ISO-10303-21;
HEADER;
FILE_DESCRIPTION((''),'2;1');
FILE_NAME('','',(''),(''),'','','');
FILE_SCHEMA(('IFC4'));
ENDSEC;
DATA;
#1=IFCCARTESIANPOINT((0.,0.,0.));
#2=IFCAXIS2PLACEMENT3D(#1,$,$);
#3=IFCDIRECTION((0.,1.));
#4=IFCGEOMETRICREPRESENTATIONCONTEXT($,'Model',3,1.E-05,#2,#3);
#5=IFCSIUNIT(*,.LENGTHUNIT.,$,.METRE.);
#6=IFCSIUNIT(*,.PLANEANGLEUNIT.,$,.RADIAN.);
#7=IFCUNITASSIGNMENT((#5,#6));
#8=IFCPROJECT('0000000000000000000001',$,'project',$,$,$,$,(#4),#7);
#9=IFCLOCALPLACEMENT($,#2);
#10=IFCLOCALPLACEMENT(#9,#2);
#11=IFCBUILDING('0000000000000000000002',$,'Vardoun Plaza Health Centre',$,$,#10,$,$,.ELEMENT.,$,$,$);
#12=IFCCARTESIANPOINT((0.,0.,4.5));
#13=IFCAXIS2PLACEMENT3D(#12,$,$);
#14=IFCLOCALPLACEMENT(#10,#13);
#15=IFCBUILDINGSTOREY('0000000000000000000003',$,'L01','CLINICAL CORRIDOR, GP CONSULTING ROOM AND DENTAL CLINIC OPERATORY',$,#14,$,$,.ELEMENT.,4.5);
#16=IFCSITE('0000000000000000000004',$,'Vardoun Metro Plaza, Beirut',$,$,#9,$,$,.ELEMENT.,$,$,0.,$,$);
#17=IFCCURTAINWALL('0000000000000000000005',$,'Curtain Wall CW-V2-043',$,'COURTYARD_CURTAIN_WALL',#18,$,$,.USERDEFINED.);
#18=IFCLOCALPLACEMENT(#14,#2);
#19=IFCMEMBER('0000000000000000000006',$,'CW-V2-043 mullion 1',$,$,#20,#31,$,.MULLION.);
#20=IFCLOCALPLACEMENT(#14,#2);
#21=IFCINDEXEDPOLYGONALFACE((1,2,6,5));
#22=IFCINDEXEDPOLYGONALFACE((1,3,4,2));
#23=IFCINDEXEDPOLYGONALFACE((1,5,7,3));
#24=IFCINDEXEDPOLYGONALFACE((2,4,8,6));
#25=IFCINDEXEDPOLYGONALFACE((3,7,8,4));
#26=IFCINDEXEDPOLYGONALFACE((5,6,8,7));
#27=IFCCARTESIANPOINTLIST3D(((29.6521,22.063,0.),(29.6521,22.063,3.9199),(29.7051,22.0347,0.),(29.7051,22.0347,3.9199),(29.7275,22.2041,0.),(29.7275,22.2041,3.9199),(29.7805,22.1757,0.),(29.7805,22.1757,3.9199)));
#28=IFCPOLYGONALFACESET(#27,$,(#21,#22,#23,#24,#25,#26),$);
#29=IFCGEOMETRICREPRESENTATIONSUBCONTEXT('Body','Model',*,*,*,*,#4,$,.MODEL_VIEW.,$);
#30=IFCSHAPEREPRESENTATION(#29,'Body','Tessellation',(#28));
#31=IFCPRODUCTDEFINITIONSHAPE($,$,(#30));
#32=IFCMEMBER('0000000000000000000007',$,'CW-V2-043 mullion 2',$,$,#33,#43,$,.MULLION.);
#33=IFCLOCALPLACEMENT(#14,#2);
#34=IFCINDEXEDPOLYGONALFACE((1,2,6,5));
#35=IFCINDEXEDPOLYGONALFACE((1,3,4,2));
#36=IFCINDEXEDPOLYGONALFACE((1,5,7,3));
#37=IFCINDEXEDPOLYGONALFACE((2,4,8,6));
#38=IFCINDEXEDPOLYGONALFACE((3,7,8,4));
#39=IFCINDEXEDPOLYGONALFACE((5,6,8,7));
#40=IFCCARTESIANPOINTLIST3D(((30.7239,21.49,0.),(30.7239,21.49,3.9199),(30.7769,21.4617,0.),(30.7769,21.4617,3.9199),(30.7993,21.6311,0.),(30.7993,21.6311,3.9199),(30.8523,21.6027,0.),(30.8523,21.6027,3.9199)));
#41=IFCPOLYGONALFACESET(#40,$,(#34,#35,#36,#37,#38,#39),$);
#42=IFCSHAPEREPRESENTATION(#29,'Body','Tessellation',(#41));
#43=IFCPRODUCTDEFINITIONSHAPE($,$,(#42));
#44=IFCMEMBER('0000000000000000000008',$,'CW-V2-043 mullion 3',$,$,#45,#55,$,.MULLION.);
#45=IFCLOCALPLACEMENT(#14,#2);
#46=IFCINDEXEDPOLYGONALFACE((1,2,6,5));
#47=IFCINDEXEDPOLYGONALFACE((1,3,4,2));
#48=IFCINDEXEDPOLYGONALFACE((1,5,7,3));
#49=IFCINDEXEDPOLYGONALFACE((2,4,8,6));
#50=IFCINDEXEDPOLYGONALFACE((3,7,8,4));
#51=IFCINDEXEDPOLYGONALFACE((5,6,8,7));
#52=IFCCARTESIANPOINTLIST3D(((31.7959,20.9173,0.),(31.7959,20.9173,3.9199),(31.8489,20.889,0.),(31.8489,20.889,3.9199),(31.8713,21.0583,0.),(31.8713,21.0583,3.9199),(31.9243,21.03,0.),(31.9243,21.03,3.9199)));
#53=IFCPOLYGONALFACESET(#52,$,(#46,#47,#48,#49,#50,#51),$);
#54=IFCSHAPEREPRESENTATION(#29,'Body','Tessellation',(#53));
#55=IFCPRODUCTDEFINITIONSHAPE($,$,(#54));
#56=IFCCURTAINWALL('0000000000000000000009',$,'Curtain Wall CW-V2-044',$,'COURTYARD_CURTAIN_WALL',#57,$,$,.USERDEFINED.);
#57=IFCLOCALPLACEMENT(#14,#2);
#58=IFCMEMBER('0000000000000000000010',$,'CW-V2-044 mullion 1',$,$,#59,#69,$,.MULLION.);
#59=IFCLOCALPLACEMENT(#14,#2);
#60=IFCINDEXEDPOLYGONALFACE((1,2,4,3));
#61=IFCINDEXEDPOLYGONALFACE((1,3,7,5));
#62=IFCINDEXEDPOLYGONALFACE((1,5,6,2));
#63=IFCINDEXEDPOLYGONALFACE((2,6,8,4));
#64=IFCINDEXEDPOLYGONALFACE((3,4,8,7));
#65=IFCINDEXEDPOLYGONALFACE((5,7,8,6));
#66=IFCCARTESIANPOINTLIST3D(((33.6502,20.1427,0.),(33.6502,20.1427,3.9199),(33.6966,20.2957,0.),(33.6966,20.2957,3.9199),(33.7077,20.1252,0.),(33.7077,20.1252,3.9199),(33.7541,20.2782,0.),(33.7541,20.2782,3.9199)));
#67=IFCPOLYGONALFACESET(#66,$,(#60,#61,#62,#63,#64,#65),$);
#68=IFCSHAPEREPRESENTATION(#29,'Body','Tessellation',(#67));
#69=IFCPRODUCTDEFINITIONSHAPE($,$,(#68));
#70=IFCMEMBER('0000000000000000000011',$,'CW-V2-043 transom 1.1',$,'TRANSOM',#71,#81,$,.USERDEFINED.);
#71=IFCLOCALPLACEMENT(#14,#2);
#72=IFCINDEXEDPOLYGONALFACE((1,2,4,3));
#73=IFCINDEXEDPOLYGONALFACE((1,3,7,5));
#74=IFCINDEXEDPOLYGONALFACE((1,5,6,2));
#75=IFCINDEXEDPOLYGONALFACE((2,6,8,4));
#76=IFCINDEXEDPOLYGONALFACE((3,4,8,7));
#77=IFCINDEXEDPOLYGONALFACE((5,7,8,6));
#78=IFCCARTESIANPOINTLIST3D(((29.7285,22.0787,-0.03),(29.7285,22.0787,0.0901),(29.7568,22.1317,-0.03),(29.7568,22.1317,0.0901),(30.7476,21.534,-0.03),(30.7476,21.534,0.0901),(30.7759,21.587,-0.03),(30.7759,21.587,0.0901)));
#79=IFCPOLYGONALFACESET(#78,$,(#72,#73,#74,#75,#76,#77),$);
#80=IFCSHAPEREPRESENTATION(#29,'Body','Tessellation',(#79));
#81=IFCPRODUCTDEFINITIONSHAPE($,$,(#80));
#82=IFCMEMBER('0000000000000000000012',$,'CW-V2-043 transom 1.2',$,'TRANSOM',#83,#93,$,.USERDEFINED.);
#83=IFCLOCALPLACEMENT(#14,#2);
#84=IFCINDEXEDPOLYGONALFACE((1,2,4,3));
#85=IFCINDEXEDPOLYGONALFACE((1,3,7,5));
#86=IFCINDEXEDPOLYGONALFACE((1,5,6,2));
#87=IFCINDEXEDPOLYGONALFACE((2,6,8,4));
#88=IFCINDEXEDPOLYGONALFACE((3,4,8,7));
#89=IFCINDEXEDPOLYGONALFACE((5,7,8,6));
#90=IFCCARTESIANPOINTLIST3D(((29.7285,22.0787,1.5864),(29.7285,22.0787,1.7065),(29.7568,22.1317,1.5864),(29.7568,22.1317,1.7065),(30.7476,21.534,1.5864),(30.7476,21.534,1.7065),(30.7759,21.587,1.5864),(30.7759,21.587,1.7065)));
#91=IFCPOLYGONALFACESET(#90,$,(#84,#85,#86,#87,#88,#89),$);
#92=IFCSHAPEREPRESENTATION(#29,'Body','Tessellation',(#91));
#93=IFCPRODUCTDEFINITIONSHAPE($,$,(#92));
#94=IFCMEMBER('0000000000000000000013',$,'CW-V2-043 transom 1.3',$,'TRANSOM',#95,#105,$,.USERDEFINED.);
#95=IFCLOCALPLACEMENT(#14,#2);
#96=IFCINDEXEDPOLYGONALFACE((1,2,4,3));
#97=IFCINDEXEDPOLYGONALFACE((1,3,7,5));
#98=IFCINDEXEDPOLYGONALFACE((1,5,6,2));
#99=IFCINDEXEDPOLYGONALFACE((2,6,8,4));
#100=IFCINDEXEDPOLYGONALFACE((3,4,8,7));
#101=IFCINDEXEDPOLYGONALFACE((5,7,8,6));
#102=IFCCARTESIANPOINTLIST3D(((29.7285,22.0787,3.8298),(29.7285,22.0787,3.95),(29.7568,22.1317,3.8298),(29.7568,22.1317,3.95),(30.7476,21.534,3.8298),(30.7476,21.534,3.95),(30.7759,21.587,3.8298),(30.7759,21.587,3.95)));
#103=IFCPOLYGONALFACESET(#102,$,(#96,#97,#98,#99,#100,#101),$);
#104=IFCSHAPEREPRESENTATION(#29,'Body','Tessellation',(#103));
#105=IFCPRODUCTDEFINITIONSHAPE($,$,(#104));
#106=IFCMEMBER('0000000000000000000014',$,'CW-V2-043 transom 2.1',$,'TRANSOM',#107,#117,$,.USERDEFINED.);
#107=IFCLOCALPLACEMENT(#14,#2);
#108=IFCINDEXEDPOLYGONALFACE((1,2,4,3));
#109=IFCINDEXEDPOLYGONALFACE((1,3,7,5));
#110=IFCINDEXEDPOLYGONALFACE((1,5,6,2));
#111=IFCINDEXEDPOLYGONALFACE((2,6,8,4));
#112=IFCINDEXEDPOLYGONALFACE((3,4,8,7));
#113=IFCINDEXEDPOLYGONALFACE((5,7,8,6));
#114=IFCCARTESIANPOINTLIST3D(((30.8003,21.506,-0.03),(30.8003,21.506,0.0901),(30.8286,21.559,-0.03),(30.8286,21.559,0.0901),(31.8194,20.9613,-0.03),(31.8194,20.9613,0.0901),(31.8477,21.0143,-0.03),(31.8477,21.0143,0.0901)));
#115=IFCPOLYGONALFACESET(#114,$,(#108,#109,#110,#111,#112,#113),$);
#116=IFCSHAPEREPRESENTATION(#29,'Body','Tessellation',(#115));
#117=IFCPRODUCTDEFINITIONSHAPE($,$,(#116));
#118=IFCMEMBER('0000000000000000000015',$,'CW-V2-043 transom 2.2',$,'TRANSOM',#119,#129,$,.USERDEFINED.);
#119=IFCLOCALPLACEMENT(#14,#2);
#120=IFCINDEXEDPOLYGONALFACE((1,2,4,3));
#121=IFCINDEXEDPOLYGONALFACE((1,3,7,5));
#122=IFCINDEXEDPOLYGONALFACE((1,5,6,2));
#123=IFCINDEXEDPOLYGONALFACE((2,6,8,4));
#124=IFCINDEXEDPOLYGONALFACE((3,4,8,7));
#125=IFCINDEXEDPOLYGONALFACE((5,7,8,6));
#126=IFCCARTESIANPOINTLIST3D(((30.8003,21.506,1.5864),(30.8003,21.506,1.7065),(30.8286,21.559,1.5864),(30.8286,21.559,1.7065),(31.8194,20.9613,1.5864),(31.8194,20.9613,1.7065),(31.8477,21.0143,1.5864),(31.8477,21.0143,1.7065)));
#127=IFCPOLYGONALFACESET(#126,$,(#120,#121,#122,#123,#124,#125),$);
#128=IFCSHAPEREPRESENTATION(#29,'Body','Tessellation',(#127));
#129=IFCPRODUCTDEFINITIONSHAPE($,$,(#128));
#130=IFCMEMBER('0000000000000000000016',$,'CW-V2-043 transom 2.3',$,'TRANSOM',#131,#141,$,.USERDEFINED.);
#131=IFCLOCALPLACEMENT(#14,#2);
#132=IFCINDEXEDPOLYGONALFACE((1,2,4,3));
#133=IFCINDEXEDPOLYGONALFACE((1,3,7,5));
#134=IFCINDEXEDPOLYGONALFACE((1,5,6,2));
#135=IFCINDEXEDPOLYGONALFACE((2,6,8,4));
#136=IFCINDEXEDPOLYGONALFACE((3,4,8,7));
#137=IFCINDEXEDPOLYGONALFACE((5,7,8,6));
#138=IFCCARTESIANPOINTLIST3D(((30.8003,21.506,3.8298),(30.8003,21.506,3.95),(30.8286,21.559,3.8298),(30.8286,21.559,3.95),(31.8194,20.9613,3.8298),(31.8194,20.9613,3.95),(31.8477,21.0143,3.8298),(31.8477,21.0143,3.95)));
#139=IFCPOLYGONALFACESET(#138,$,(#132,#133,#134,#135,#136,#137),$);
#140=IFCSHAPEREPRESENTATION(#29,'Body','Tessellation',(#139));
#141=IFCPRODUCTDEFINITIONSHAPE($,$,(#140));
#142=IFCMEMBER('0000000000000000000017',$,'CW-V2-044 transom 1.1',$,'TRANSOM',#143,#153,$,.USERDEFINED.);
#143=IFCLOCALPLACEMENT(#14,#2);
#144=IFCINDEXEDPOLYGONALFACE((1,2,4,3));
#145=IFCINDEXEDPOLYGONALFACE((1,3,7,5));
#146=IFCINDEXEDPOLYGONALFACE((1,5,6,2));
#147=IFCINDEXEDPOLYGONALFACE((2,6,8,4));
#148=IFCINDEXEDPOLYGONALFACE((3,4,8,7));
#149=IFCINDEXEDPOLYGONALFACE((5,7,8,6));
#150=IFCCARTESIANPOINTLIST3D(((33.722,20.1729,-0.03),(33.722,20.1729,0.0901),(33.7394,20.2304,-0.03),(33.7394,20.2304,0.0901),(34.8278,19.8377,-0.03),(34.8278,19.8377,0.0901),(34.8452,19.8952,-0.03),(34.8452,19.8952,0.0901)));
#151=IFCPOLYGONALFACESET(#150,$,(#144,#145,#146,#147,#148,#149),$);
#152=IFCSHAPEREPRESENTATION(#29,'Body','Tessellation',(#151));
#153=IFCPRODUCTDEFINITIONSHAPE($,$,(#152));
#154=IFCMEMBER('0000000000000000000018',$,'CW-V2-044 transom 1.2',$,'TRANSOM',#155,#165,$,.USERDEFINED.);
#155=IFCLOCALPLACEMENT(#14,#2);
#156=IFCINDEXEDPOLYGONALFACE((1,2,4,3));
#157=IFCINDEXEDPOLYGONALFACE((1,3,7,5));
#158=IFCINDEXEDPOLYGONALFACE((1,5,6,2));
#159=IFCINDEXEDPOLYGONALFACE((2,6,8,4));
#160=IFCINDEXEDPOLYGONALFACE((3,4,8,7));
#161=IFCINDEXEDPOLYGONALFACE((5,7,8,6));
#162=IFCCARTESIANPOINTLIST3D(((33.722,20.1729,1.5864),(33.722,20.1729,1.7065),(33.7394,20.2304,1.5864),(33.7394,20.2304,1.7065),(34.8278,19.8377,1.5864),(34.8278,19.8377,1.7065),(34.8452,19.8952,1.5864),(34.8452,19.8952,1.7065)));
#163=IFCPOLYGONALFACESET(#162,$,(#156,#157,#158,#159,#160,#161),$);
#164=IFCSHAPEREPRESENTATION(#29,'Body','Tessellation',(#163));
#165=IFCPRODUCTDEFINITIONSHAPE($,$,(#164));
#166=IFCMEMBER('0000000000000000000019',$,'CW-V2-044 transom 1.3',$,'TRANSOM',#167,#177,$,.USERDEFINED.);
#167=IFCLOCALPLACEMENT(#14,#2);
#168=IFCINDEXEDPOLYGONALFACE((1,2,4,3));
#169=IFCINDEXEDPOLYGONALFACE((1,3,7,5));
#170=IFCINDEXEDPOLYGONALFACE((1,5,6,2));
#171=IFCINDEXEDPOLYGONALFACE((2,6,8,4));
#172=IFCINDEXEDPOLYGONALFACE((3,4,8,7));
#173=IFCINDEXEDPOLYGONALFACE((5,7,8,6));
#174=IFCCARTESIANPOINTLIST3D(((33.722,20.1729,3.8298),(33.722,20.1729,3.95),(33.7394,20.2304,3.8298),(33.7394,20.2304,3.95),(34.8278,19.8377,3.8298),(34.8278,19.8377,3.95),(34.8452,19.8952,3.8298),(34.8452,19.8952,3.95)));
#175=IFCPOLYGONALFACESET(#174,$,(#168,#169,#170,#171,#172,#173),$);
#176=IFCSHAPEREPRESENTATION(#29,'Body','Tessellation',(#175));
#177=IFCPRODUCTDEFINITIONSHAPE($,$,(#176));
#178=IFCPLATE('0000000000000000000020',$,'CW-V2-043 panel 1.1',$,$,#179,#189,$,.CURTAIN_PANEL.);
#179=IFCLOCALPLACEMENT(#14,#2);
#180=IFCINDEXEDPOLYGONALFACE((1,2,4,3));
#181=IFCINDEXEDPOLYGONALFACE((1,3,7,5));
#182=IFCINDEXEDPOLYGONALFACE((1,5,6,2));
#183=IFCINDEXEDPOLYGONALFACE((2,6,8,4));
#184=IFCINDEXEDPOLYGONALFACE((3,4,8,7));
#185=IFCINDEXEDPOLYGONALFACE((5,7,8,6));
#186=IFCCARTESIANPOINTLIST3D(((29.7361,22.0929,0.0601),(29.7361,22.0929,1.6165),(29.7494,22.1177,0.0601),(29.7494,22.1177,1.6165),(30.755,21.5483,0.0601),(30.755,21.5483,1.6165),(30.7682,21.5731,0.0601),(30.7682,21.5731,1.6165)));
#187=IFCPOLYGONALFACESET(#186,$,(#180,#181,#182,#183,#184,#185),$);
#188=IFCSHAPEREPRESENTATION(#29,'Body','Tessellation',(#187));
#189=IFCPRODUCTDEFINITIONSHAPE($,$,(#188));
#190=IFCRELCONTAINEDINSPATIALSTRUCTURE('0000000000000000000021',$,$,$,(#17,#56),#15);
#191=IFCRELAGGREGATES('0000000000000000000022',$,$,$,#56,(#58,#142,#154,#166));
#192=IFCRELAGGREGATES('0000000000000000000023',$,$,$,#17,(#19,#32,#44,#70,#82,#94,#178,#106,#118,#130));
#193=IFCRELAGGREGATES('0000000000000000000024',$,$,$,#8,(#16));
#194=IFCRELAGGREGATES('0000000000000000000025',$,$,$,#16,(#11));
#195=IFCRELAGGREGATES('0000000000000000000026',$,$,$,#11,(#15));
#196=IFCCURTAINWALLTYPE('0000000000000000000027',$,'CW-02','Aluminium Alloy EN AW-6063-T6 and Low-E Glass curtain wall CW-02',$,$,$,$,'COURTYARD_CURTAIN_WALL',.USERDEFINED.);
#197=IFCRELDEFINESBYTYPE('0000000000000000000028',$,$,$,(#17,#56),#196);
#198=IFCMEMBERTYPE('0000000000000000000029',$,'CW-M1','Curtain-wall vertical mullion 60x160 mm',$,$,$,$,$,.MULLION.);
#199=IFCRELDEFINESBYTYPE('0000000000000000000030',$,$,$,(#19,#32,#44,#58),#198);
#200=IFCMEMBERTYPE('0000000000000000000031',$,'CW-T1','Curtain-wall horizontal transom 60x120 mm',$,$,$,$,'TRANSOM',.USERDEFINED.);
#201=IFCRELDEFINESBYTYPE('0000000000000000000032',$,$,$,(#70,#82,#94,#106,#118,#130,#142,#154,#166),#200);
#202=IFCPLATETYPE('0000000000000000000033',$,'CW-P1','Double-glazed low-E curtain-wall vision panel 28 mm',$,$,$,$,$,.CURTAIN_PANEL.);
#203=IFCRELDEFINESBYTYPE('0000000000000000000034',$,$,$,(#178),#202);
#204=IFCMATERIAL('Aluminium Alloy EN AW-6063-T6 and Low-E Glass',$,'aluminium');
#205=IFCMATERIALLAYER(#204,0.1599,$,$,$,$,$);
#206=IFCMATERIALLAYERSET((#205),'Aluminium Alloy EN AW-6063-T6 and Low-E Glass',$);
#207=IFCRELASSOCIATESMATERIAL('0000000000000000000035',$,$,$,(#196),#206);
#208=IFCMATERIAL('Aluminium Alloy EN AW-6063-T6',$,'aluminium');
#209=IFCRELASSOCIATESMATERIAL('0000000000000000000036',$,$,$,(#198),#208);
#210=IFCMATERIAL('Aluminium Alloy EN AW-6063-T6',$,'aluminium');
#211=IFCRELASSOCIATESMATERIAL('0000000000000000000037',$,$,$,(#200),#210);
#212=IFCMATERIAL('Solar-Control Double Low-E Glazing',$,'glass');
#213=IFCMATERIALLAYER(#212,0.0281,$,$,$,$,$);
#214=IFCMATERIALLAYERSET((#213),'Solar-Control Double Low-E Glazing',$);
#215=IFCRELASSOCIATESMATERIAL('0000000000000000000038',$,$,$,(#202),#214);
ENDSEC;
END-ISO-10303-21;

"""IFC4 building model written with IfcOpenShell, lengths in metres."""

from ifc_helpers import new_model, si_unit, direction, frame, origin, origin_2d, place, context, subcontext, project, spatial, rectangle, extrude, material, layer, layer_set, material_profile, profile_set, type_object, element, aggregate, save


model = new_model("IFC4")

# Units and contexts
model_context = context("Model", 3, precision=1e-05, world=origin(), true_north=direction((0.0, 1.0)))
body_context = subcontext(model_context, "Body", "Model", "MODEL_VIEW")
ifc_project = project(units=[si_unit("LENGTHUNIT", "METRE"), si_unit("PLANEANGLEUNIT", "RADIAN")], contexts=[model_context])

# Site, building, storey
site_placement = place(None, origin())
site = spatial("IfcSite", under=ifc_project, at=site_placement, Name="Vardoun Metro Plaza, Beirut", CompositionType="ELEMENT", RefElevation=0.0)
building_placement = place(site_placement, origin())
building = spatial("IfcBuilding", under=site, at=building_placement, Name="Vardoun Plaza Health Centre", CompositionType="ELEMENT")
storey_placement = place(building_placement, frame((0.0, 0.0, 4.5)))
storey = spatial("IfcBuildingStorey", under=building, at=storey_placement, Name="L01", Description="CLINICAL CORRIDOR, GP CONSULTING ROOM AND DENTAL CLINIC OPERATORY", CompositionType="ELEMENT", Elevation=4.5)

# Curtain wall, members
ifc_material_1 = material(Name="Aluminium Alloy EN AW-6063-T6 and Low-E Glass", Category="aluminium")
ifc_layer_1 = layer(ifc_material_1, 0.1599)
ifc_layer_set_1 = layer_set([ifc_layer_1], Name="Aluminium Alloy EN AW-6063-T6 and Low-E Glass")
curtain_wall_type = type_object("IfcCurtainWallType", Name="CW-02", Description="Aluminium Alloy EN AW-6063-T6 and Low-E Glass curtain wall CW-02", ElementType="COURTYARD_CURTAIN_WALL", PredefinedType="USERDEFINED", material=ifc_layer_set_1)
curtain_wall_1_placement = place(storey_placement, origin())
curtain_wall_1 = element("IfcCurtainWall", 1, at=curtain_wall_1_placement, inside=storey, type_object=curtain_wall_type, Name="Curtain Wall CW-V2-043", ObjectType="COURTYARD_CURTAIN_WALL", PredefinedType="USERDEFINED")
ifc_material_2 = material(Name="Aluminium Alloy EN AW-6063-T6", Category="aluminium")
ifc_material_profile_1 = material_profile(ifc_material_2, rectangle(XDim=0.1599, YDim=0.0601, at=origin_2d()), Name="CWM 60x160")
ifc_profile_set_1 = profile_set([ifc_material_profile_1], Name="Aluminium Alloy EN AW-6063-T6")
member_type_1 = type_object("IfcMemberType", Name="CW-M1", Description="Curtain-wall vertical mullion 60x160 mm", PredefinedType="MULLION", material=ifc_profile_set_1)
member_1_placement = place(storey_placement, frame((29.7163, 22.1194, 0.0), z_axis=(0.0, 0.0, 1.0), x_axis=(0.471395, 0.881922, 0.0)))
member_1 = element("IfcMember", 2, at=member_1_placement, type_object=member_type_1, Name="CW-V2-043 mullion 1", PredefinedType="MULLION", context=body_context, shape_type="SweptSolid", body=[
    extrude(rectangle(XDim=0.1599, YDim=0.0601, at=origin_2d()), origin(), (0.0, 0.0, 1.0), 3.9199),
])
member_2_placement = place(storey_placement, frame((30.7881, 21.5464, 0.0), z_axis=(0.0, 0.0, 1.0), x_axis=(0.471395, 0.881922, 0.0)))
member_2 = element("IfcMember", 3, at=member_2_placement, type_object=member_type_1, Name="CW-V2-043 mullion 2", PredefinedType="MULLION", context=body_context, shape_type="SweptSolid", body=[
    extrude(rectangle(XDim=0.1599, YDim=0.0601, at=origin_2d()), origin(), (0.0, 0.0, 1.0), 3.9199),
])
member_3_placement = place(storey_placement, frame((31.8601, 20.9736, 0.0), z_axis=(0.0, 0.0, 1.0), x_axis=(0.471395, 0.881922, 0.0)))
member_3 = element("IfcMember", 4, at=member_3_placement, type_object=member_type_1, Name="CW-V2-043 mullion 3", PredefinedType="MULLION", context=body_context, shape_type="SweptSolid", body=[
    extrude(rectangle(XDim=0.1599, YDim=0.0601, at=origin_2d()), origin(), (0.0, 0.0, 1.0), 3.9199),
])

# Curtain wall, member
curtain_wall_2_placement = place(storey_placement, origin())
curtain_wall_2 = element("IfcCurtainWall", 5, at=curtain_wall_2_placement, inside=storey, type_object=curtain_wall_type, Name="Curtain Wall CW-V2-044", ObjectType="COURTYARD_CURTAIN_WALL", PredefinedType="USERDEFINED")
member_4_placement = place(storey_placement, frame((33.7021, 20.2104, 0.0), z_axis=(0.0, 0.0, 1.0), x_axis=(0.2903, 0.956936, 0.0)))
member_4 = element("IfcMember", 6, at=member_4_placement, type_object=member_type_1, Name="CW-V2-044 mullion 1", PredefinedType="MULLION", context=body_context, shape_type="SweptSolid", body=[
    extrude(rectangle(XDim=0.1599, YDim=0.0601, at=origin_2d()), origin(), (0.0, 0.0, 1.0), 3.9199),
])

# Members
ifc_material_3 = material(Name="Aluminium Alloy EN AW-6063-T6", Category="aluminium")
ifc_material_profile_2 = material_profile(ifc_material_3, rectangle(XDim=0.0601, YDim=0.1201, at=origin_2d()), Name="CWT 60x120")
ifc_profile_set_2 = profile_set([ifc_material_profile_2], Name="Aluminium Alloy EN AW-6063-T6")
member_type_2 = type_object("IfcMemberType", Name="CW-T1", Description="Curtain-wall horizontal transom 60x120 mm", ElementType="TRANSOM", PredefinedType="USERDEFINED", material=ifc_profile_set_2)
member_5_placement = place(storey_placement, frame((29.7427, 22.1052, 0.03), z_axis=(0.881926, -0.471389, 0.0), x_axis=(0.471389, 0.881926, 0.0)))
member_5 = element("IfcMember", 7, at=member_5_placement, type_object=member_type_2, Name="CW-V2-043 transom 1.1", ObjectType="TRANSOM", PredefinedType="USERDEFINED", context=body_context, shape_type="SweptSolid", body=[
    extrude(rectangle(XDim=0.0601, YDim=0.1201, at=origin_2d()), origin(), (0.0, 0.0, 1.0), 1.1555),
])
member_6_placement = place(storey_placement, frame((29.7427, 22.1052, 1.6465), z_axis=(0.881926, -0.471389, 0.0), x_axis=(0.471389, 0.881926, 0.0)))
member_6 = element("IfcMember", 8, at=member_6_placement, type_object=member_type_2, Name="CW-V2-043 transom 1.2", ObjectType="TRANSOM", PredefinedType="USERDEFINED", context=body_context, shape_type="SweptSolid", body=[
    extrude(rectangle(XDim=0.0601, YDim=0.1201, at=origin_2d()), origin(), (0.0, 0.0, 1.0), 1.1555),
])
member_7_placement = place(storey_placement, frame((29.7427, 22.1052, 3.8899), z_axis=(0.881926, -0.471389, 0.0), x_axis=(0.471389, 0.881926, 0.0)))
member_7 = element("IfcMember", 9, at=member_7_placement, type_object=member_type_2, Name="CW-V2-043 transom 1.3", ObjectType="TRANSOM", PredefinedType="USERDEFINED", context=body_context, shape_type="SweptSolid", body=[
    extrude(rectangle(XDim=0.0601, YDim=0.1201, at=origin_2d()), origin(), (0.0, 0.0, 1.0), 1.1555),
])
member_8_placement = place(storey_placement, frame((30.8145, 21.5325, 0.03), z_axis=(0.881926, -0.471389, 0.0), x_axis=(0.471389, 0.881926, 0.0)))
member_8 = element("IfcMember", 10, at=member_8_placement, type_object=member_type_2, Name="CW-V2-043 transom 2.1", ObjectType="TRANSOM", PredefinedType="USERDEFINED", context=body_context, shape_type="SweptSolid", body=[
    extrude(rectangle(XDim=0.0601, YDim=0.1201, at=origin_2d()), origin(), (0.0, 0.0, 1.0), 1.1555),
])
member_9_placement = place(storey_placement, frame((30.8145, 21.5325, 1.6465), z_axis=(0.881926, -0.471389, 0.0), x_axis=(0.471389, 0.881926, 0.0)))
member_9 = element("IfcMember", 11, at=member_9_placement, type_object=member_type_2, Name="CW-V2-043 transom 2.2", ObjectType="TRANSOM", PredefinedType="USERDEFINED", context=body_context, shape_type="SweptSolid", body=[
    extrude(rectangle(XDim=0.0601, YDim=0.1201, at=origin_2d()), origin(), (0.0, 0.0, 1.0), 1.1555),
])
member_10_placement = place(storey_placement, frame((30.8145, 21.5325, 3.8899), z_axis=(0.881926, -0.471389, 0.0), x_axis=(0.471389, 0.881926, 0.0)))
member_10 = element("IfcMember", 12, at=member_10_placement, type_object=member_type_2, Name="CW-V2-043 transom 2.3", ObjectType="TRANSOM", PredefinedType="USERDEFINED", context=body_context, shape_type="SweptSolid", body=[
    extrude(rectangle(XDim=0.0601, YDim=0.1201, at=origin_2d()), origin(), (0.0, 0.0, 1.0), 1.1555),
])
member_11_placement = place(storey_placement, frame((33.7307, 20.2017, 0.03), z_axis=(0.956991, -0.290119, 0.0), x_axis=(0.290119, 0.956991, 0.0)))
member_11 = element("IfcMember", 13, at=member_11_placement, type_object=member_type_2, Name="CW-V2-044 transom 1.1", ObjectType="TRANSOM", PredefinedType="USERDEFINED", context=body_context, shape_type="SweptSolid", body=[
    extrude(rectangle(XDim=0.0601, YDim=0.1201, at=origin_2d()), origin(), (0.0, 0.0, 1.0), 1.1555),
])
member_12_placement = place(storey_placement, frame((33.7307, 20.2017, 1.6465), z_axis=(0.956991, -0.290119, 0.0), x_axis=(0.290119, 0.956991, 0.0)))
member_12 = element("IfcMember", 14, at=member_12_placement, type_object=member_type_2, Name="CW-V2-044 transom 1.2", ObjectType="TRANSOM", PredefinedType="USERDEFINED", context=body_context, shape_type="SweptSolid", body=[
    extrude(rectangle(XDim=0.0601, YDim=0.1201, at=origin_2d()), origin(), (0.0, 0.0, 1.0), 1.1555),
])
member_13_placement = place(storey_placement, frame((33.7307, 20.2017, 3.8899), z_axis=(0.956991, -0.290119, 0.0), x_axis=(0.290119, 0.956991, 0.0)))
member_13 = element("IfcMember", 15, at=member_13_placement, type_object=member_type_2, Name="CW-V2-044 transom 1.3", ObjectType="TRANSOM", PredefinedType="USERDEFINED", context=body_context, shape_type="SweptSolid", body=[
    extrude(rectangle(XDim=0.0601, YDim=0.1201, at=origin_2d()), origin(), (0.0, 0.0, 1.0), 1.1555),
])
aggregate(curtain_wall_2, [member_4, member_11, member_12, member_13])

# Plate
ifc_material_4 = material(Name="Solar-Control Double Low-E Glazing", Category="glass")
ifc_layer_2 = layer(ifc_material_4, 0.0281)
ifc_layer_set_2 = layer_set([ifc_layer_2], Name="Solar-Control Double Low-E Glazing")
plate_type = type_object("IfcPlateType", Name="CW-P1", Description="Double-glazed low-E curtain-wall vision panel 28 mm", PredefinedType="CURTAIN_PANEL", material=ifc_layer_set_2)
plate_1_placement = place(storey_placement, frame((30.2522, 21.833, 0.0601), z_axis=(0.0, 0.0, 1.0), x_axis=(0.881922, -0.471395, 0.0)))
plate_1 = element("IfcPlate", 16, at=plate_1_placement, type_object=plate_type, Name="CW-V2-043 panel 1.1", PredefinedType="CURTAIN_PANEL", context=body_context, shape_type="SweptSolid", body=[
    extrude(rectangle(XDim=1.1553, YDim=0.0281, at=origin_2d()), origin(), (0.0, 0.0, 1.0), 1.5564),
])
aggregate(curtain_wall_1, [member_1, member_2, member_3, member_5, member_6, member_7, plate_1, member_8, member_9, member_10])

save(model, "model.ifc")
